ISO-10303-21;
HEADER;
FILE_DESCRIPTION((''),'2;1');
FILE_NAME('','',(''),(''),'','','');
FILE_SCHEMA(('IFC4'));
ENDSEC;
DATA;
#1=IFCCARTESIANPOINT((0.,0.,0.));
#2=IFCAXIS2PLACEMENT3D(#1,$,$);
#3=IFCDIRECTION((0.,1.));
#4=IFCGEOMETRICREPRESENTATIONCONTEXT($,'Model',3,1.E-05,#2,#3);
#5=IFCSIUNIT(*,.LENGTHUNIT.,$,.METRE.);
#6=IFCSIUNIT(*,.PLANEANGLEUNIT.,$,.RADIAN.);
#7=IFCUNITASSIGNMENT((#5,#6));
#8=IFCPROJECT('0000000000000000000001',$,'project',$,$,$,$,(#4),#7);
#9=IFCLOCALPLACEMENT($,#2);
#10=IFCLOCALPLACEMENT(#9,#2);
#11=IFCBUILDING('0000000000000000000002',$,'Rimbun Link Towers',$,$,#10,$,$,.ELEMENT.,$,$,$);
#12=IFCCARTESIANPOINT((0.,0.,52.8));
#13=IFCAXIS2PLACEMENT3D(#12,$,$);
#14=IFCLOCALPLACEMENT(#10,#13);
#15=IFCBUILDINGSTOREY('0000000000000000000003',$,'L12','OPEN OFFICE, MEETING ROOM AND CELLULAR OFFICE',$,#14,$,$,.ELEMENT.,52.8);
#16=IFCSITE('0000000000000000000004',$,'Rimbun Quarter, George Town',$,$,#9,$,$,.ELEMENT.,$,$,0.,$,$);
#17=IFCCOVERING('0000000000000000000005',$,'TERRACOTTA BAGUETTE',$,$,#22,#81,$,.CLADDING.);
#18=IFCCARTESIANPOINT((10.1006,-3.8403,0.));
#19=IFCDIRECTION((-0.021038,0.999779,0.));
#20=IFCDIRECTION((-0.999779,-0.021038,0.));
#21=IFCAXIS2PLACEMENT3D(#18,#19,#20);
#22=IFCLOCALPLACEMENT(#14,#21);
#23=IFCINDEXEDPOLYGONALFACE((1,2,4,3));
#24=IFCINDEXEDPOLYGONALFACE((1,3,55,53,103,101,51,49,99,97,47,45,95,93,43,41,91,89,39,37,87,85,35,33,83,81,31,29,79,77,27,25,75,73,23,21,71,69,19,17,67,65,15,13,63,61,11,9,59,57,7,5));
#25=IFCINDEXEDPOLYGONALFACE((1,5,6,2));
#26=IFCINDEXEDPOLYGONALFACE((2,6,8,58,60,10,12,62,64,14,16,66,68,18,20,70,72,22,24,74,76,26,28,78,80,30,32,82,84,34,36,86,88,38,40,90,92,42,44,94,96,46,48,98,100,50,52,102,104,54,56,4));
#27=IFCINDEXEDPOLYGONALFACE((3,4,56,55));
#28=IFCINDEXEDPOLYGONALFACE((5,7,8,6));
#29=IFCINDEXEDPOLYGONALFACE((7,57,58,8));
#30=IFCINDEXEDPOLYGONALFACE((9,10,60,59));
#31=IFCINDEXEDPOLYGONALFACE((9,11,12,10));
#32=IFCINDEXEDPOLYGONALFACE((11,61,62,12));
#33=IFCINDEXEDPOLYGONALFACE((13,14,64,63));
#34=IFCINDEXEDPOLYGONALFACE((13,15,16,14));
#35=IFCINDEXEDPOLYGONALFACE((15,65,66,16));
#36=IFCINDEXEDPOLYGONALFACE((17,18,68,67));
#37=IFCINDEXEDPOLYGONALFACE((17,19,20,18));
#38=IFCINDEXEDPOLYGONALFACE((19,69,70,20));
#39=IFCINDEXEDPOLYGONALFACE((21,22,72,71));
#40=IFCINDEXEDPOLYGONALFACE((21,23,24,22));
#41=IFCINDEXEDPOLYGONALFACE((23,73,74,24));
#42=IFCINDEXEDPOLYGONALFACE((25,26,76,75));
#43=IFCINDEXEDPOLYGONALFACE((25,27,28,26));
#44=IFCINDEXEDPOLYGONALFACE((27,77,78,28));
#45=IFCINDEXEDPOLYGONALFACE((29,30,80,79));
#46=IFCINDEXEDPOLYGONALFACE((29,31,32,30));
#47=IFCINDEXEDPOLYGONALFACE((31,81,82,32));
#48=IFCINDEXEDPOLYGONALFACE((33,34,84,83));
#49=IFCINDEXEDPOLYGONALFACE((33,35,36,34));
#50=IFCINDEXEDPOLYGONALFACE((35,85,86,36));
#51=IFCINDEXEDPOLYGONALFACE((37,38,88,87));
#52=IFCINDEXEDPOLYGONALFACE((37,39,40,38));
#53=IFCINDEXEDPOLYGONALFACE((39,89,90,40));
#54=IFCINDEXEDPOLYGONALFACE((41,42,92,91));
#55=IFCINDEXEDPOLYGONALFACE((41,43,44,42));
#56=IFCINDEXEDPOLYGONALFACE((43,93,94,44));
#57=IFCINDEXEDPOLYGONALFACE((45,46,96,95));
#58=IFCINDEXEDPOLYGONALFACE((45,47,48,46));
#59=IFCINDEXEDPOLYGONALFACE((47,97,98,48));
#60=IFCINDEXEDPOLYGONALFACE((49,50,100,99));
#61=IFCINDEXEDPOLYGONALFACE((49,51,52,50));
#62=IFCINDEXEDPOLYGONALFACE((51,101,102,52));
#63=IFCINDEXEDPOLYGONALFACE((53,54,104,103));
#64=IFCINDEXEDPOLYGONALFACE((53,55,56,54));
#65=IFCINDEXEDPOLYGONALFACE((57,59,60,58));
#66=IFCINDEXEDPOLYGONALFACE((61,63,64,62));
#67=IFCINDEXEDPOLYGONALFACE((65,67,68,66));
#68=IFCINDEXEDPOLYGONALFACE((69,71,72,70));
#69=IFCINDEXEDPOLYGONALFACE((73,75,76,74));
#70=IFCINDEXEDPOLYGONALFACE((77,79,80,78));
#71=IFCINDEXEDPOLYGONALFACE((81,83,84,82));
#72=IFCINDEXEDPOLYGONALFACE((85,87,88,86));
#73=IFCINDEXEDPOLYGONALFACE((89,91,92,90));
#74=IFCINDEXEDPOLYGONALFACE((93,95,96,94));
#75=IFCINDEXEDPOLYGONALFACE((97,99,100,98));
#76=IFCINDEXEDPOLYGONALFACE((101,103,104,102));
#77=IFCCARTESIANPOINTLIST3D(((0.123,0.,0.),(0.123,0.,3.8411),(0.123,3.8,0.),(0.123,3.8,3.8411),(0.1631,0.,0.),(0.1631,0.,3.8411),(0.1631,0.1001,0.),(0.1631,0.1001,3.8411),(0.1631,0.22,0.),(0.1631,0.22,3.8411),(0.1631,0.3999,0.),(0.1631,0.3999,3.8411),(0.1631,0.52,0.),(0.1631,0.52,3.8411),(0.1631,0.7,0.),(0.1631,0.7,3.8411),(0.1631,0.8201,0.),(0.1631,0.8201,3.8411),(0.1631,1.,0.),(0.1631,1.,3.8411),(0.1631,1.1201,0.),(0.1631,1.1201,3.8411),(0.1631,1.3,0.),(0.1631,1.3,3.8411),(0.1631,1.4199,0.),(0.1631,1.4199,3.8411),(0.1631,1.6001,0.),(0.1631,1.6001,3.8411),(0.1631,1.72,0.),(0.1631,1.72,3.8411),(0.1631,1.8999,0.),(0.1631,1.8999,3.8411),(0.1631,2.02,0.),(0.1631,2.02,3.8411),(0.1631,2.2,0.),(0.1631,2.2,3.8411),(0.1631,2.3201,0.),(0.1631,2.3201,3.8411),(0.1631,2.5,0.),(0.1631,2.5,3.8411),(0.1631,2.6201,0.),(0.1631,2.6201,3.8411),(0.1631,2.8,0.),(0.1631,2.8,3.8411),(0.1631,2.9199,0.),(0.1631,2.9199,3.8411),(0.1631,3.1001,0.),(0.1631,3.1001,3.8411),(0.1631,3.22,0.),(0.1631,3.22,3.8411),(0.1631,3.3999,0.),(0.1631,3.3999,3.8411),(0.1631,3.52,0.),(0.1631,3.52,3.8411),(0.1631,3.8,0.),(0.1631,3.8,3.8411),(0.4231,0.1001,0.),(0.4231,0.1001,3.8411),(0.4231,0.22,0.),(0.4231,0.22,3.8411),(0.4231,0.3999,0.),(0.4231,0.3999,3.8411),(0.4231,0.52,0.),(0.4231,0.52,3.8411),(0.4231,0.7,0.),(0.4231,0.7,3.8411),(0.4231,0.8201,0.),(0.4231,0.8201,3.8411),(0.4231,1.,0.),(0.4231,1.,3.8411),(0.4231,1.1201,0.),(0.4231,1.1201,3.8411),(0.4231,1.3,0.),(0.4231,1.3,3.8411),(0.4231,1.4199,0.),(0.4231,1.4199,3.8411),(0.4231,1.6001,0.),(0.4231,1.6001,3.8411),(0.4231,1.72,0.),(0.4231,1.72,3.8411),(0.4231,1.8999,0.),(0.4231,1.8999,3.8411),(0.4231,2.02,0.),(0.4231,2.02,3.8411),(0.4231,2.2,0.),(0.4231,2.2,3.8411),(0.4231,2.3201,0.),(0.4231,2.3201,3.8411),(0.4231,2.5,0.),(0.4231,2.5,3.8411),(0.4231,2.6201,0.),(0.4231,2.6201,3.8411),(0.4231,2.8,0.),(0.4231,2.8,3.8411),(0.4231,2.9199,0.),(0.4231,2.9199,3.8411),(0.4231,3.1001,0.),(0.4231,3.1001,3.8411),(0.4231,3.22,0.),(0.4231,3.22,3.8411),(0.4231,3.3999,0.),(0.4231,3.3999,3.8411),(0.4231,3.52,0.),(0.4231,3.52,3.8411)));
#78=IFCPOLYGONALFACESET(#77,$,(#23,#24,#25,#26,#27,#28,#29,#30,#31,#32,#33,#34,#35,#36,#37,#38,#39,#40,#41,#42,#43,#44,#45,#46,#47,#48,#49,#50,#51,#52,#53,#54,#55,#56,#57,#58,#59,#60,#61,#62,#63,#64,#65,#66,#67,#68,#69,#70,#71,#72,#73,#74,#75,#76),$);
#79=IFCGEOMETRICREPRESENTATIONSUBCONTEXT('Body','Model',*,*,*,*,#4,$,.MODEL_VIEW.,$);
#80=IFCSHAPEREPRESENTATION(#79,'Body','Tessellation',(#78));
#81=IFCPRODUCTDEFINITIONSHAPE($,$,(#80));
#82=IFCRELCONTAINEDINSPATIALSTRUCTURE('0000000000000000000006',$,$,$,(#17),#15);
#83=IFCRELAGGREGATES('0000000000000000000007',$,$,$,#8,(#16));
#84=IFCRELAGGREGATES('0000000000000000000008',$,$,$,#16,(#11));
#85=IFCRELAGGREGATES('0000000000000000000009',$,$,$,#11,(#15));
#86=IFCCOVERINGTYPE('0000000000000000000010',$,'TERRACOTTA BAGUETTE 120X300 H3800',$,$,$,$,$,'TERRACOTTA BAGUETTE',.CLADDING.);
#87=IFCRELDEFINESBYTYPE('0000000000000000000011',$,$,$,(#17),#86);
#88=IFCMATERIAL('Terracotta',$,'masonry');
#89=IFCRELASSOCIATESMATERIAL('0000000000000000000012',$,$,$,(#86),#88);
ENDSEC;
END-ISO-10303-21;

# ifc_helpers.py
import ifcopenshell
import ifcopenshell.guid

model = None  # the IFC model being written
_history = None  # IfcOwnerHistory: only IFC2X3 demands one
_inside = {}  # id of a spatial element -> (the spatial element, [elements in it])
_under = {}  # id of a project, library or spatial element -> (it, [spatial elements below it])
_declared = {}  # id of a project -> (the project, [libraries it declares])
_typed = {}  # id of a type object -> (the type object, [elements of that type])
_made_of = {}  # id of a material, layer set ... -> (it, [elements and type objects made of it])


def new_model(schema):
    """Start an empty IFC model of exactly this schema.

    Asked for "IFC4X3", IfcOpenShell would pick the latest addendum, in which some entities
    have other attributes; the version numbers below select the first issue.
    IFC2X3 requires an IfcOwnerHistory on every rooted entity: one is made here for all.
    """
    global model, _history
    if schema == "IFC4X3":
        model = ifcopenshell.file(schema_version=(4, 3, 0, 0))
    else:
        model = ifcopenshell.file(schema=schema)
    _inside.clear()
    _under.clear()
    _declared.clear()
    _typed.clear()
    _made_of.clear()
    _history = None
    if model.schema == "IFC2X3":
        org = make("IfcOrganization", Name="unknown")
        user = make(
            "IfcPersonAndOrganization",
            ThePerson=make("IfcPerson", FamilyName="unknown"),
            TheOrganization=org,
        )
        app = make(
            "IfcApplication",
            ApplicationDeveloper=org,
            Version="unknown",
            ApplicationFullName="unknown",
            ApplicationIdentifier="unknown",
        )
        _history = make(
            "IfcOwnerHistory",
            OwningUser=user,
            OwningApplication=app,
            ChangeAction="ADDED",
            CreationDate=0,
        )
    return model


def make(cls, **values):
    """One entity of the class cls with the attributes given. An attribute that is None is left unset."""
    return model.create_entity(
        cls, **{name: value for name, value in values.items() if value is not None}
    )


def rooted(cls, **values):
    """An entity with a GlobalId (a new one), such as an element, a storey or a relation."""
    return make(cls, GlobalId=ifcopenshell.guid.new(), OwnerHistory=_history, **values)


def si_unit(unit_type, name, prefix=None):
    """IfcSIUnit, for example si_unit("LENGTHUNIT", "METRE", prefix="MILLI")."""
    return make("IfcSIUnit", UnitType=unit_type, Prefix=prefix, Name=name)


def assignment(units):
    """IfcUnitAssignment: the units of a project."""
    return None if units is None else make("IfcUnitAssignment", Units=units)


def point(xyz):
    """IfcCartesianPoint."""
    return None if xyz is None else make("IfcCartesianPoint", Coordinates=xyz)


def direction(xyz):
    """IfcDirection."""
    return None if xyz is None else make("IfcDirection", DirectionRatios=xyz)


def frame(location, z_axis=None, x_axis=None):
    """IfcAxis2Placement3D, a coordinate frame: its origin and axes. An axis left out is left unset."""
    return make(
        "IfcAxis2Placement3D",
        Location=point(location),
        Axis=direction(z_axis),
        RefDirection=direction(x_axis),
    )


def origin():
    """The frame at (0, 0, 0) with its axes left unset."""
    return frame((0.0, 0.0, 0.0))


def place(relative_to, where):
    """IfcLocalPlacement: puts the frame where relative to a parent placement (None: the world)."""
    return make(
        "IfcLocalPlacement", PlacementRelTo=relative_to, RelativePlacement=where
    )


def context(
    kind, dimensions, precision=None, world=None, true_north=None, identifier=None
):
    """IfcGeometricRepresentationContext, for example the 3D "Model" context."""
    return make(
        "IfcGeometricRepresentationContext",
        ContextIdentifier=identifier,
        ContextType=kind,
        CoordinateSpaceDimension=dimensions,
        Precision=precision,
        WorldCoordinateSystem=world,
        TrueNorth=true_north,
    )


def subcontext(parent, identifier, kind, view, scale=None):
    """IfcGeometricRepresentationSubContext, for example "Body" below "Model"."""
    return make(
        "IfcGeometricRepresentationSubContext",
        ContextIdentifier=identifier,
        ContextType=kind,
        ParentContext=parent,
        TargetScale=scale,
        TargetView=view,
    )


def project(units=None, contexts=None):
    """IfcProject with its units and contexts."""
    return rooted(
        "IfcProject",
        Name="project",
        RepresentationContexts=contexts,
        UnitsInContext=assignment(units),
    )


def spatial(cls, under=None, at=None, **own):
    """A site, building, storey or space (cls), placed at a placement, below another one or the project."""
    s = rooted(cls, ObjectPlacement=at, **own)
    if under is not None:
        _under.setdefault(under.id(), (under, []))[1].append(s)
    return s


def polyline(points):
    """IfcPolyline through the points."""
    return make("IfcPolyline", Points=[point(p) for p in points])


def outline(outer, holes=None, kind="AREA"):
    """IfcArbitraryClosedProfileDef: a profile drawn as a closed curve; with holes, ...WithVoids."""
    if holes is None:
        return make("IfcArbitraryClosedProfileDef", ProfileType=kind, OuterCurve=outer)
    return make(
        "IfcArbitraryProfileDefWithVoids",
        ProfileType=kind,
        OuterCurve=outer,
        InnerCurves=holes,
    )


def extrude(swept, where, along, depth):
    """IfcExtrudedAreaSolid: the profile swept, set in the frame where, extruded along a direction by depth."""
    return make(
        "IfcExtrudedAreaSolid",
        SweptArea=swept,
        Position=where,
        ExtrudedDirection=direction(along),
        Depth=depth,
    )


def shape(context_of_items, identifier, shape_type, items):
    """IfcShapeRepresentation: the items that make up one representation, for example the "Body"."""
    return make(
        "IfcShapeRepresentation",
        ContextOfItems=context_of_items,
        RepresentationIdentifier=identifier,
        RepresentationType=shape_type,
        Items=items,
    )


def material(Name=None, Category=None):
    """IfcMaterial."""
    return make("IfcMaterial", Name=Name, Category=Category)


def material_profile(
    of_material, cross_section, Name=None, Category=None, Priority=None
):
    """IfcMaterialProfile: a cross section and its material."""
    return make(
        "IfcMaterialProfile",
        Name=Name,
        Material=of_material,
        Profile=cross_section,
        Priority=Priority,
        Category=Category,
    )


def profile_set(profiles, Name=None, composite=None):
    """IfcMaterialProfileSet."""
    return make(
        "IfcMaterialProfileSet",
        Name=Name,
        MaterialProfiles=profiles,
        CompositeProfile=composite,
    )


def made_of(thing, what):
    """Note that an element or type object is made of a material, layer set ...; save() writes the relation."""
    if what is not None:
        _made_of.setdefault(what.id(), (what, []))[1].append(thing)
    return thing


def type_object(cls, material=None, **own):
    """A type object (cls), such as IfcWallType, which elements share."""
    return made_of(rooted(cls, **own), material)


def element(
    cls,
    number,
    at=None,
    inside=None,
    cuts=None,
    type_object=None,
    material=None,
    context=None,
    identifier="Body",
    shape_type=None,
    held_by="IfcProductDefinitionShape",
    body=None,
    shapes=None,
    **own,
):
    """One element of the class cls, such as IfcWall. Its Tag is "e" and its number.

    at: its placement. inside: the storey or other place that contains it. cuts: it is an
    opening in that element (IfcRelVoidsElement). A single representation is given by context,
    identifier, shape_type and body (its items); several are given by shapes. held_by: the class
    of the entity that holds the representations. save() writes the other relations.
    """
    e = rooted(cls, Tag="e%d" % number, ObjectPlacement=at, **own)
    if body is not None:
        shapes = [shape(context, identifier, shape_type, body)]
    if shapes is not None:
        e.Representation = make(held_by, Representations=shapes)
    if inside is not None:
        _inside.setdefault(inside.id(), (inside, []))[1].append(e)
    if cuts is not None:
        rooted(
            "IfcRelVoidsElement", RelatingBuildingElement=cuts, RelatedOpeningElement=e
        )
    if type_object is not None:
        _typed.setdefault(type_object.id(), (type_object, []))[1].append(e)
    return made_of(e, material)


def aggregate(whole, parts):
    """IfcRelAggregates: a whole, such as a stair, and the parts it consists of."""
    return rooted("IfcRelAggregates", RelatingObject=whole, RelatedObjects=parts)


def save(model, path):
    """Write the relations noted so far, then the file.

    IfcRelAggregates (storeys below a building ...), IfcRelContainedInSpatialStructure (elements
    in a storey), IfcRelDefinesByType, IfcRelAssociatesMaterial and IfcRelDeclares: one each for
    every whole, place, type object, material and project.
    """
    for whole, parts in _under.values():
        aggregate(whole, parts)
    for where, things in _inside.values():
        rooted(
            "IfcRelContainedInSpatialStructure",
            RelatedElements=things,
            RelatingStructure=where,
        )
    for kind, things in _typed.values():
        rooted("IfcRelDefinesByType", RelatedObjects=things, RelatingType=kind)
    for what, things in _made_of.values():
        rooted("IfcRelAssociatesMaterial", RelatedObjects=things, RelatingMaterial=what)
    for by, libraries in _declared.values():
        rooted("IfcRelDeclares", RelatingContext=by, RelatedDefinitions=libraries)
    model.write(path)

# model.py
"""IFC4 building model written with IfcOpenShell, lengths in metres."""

from ifc_helpers import new_model, si_unit, direction, frame, origin, place, context, subcontext, project, spatial, polyline, outline, extrude, material, material_profile, profile_set, type_object, element, save


model = new_model("IFC4")

# Units and contexts
model_context = context("Model", 3, precision=1e-05, world=origin(), true_north=direction((0.0, 1.0)))
body_context = subcontext(model_context, "Body", "Model", "MODEL_VIEW")
ifc_project = project(units=[si_unit("LENGTHUNIT", "METRE"), si_unit("PLANEANGLEUNIT", "RADIAN")], contexts=[model_context])

# Site, building, storey
site_placement = place(None, origin())
site = spatial("IfcSite", under=ifc_project, at=site_placement, Name="Rimbun Quarter, George Town", CompositionType="ELEMENT", RefElevation=0.0)
building_placement = place(site_placement, origin())
building = spatial("IfcBuilding", under=site, at=building_placement, Name="Rimbun Link Towers", CompositionType="ELEMENT")
storey_placement = place(building_placement, frame((0.0, 0.0, 52.8)))
storey = spatial("IfcBuildingStorey", under=building, at=storey_placement, Name="L12", Description="OPEN OFFICE, MEETING ROOM AND CELLULAR OFFICE", CompositionType="ELEMENT", Elevation=52.8)

# Covering
ifc_material_1 = material(Name="Terracotta", Category="masonry")
ifc_material_profile_1 = material_profile(ifc_material_1, outline(polyline([(0.123, 0.0), (0.1631, 0.0), (0.1631, 0.1001), (0.4231, 0.1001), (0.4231, 0.22), (0.1631, 0.22), (0.1631, 0.3999), (0.4231, 0.3999), (0.4231, 0.52), (0.1631, 0.52), (0.1631, 0.7), (0.4231, 0.7), (0.4231, 0.8201), (0.1631, 0.8201), (0.1631, 1.0), (0.4231, 1.0), (0.4231, 1.1201), (0.1631, 1.1201), (0.1631, 1.3), (0.4231, 1.3), (0.4231, 1.4199), (0.1631, 1.4199), (0.1631, 1.6001), (0.4231, 1.6001), (0.4231, 1.72), (0.1631, 1.72), (0.1631, 1.8999), (0.4231, 1.8999), (0.4231, 2.02), (0.1631, 2.02), (0.1631, 2.2), (0.4231, 2.2), (0.4231, 2.3201), (0.1631, 2.3201), (0.1631, 2.5), (0.4231, 2.5), (0.4231, 2.6201), (0.1631, 2.6201), (0.1631, 2.8), (0.4231, 2.8), (0.4231, 2.9199), (0.1631, 2.9199), (0.1631, 3.1001), (0.4231, 3.1001), (0.4231, 3.22), (0.1631, 3.22), (0.1631, 3.3999), (0.4231, 3.3999), (0.4231, 3.52), (0.1631, 3.52), (0.1631, 3.8), (0.123, 3.8), (0.123, 0.0)])), Name="BAGUETTE 120X300")
ifc_profile_set_1 = profile_set([ifc_material_profile_1], Name="Terracotta")
covering_type_1 = type_object("IfcCoveringType", Name="TERRACOTTA BAGUETTE 120X300 H3800", ElementType="TERRACOTTA BAGUETTE", PredefinedType="CLADDING", material=ifc_profile_set_1)
covering_1_placement = place(storey_placement, frame((10.1006, -3.8403, 0.0), z_axis=(-0.021038, 0.999779, 0.0), x_axis=(-0.999779, -0.021038, 0.0)))
element("IfcCovering", 1, at=covering_1_placement, inside=storey, type_object=covering_type_1, Name="TERRACOTTA BAGUETTE", PredefinedType="CLADDING", context=body_context, shape_type="SweptSolid", body=[
    extrude(outline(polyline([(0.123, 0.0), (0.1631, 0.0), (0.1631, 0.1001), (0.4231, 0.1001), (0.4231, 0.22), (0.1631, 0.22), (0.1631, 0.3999), (0.4231, 0.3999), (0.4231, 0.52), (0.1631, 0.52), (0.1631, 0.7), (0.4231, 0.7), (0.4231, 0.8201), (0.1631, 0.8201), (0.1631, 1.0), (0.4231, 1.0), (0.4231, 1.1201), (0.1631, 1.1201), (0.1631, 1.3), (0.4231, 1.3), (0.4231, 1.4199), (0.1631, 1.4199), (0.1631, 1.6001), (0.4231, 1.6001), (0.4231, 1.72), (0.1631, 1.72), (0.1631, 1.8999), (0.4231, 1.8999), (0.4231, 2.02), (0.1631, 2.02), (0.1631, 2.2), (0.4231, 2.2), (0.4231, 2.3201), (0.1631, 2.3201), (0.1631, 2.5), (0.4231, 2.5), (0.4231, 2.6201), (0.1631, 2.6201), (0.1631, 2.8), (0.4231, 2.8), (0.4231, 2.9199), (0.1631, 2.9199), (0.1631, 3.1001), (0.4231, 3.1001), (0.4231, 3.22), (0.1631, 3.22), (0.1631, 3.3999), (0.4231, 3.3999), (0.4231, 3.52), (0.1631, 3.52), (0.1631, 3.8), (0.123, 3.8), (0.123, 0.0)])), origin(), (0.0, 0.0, 1.0), 3.8411),
])

save(model, "model.ifc")
